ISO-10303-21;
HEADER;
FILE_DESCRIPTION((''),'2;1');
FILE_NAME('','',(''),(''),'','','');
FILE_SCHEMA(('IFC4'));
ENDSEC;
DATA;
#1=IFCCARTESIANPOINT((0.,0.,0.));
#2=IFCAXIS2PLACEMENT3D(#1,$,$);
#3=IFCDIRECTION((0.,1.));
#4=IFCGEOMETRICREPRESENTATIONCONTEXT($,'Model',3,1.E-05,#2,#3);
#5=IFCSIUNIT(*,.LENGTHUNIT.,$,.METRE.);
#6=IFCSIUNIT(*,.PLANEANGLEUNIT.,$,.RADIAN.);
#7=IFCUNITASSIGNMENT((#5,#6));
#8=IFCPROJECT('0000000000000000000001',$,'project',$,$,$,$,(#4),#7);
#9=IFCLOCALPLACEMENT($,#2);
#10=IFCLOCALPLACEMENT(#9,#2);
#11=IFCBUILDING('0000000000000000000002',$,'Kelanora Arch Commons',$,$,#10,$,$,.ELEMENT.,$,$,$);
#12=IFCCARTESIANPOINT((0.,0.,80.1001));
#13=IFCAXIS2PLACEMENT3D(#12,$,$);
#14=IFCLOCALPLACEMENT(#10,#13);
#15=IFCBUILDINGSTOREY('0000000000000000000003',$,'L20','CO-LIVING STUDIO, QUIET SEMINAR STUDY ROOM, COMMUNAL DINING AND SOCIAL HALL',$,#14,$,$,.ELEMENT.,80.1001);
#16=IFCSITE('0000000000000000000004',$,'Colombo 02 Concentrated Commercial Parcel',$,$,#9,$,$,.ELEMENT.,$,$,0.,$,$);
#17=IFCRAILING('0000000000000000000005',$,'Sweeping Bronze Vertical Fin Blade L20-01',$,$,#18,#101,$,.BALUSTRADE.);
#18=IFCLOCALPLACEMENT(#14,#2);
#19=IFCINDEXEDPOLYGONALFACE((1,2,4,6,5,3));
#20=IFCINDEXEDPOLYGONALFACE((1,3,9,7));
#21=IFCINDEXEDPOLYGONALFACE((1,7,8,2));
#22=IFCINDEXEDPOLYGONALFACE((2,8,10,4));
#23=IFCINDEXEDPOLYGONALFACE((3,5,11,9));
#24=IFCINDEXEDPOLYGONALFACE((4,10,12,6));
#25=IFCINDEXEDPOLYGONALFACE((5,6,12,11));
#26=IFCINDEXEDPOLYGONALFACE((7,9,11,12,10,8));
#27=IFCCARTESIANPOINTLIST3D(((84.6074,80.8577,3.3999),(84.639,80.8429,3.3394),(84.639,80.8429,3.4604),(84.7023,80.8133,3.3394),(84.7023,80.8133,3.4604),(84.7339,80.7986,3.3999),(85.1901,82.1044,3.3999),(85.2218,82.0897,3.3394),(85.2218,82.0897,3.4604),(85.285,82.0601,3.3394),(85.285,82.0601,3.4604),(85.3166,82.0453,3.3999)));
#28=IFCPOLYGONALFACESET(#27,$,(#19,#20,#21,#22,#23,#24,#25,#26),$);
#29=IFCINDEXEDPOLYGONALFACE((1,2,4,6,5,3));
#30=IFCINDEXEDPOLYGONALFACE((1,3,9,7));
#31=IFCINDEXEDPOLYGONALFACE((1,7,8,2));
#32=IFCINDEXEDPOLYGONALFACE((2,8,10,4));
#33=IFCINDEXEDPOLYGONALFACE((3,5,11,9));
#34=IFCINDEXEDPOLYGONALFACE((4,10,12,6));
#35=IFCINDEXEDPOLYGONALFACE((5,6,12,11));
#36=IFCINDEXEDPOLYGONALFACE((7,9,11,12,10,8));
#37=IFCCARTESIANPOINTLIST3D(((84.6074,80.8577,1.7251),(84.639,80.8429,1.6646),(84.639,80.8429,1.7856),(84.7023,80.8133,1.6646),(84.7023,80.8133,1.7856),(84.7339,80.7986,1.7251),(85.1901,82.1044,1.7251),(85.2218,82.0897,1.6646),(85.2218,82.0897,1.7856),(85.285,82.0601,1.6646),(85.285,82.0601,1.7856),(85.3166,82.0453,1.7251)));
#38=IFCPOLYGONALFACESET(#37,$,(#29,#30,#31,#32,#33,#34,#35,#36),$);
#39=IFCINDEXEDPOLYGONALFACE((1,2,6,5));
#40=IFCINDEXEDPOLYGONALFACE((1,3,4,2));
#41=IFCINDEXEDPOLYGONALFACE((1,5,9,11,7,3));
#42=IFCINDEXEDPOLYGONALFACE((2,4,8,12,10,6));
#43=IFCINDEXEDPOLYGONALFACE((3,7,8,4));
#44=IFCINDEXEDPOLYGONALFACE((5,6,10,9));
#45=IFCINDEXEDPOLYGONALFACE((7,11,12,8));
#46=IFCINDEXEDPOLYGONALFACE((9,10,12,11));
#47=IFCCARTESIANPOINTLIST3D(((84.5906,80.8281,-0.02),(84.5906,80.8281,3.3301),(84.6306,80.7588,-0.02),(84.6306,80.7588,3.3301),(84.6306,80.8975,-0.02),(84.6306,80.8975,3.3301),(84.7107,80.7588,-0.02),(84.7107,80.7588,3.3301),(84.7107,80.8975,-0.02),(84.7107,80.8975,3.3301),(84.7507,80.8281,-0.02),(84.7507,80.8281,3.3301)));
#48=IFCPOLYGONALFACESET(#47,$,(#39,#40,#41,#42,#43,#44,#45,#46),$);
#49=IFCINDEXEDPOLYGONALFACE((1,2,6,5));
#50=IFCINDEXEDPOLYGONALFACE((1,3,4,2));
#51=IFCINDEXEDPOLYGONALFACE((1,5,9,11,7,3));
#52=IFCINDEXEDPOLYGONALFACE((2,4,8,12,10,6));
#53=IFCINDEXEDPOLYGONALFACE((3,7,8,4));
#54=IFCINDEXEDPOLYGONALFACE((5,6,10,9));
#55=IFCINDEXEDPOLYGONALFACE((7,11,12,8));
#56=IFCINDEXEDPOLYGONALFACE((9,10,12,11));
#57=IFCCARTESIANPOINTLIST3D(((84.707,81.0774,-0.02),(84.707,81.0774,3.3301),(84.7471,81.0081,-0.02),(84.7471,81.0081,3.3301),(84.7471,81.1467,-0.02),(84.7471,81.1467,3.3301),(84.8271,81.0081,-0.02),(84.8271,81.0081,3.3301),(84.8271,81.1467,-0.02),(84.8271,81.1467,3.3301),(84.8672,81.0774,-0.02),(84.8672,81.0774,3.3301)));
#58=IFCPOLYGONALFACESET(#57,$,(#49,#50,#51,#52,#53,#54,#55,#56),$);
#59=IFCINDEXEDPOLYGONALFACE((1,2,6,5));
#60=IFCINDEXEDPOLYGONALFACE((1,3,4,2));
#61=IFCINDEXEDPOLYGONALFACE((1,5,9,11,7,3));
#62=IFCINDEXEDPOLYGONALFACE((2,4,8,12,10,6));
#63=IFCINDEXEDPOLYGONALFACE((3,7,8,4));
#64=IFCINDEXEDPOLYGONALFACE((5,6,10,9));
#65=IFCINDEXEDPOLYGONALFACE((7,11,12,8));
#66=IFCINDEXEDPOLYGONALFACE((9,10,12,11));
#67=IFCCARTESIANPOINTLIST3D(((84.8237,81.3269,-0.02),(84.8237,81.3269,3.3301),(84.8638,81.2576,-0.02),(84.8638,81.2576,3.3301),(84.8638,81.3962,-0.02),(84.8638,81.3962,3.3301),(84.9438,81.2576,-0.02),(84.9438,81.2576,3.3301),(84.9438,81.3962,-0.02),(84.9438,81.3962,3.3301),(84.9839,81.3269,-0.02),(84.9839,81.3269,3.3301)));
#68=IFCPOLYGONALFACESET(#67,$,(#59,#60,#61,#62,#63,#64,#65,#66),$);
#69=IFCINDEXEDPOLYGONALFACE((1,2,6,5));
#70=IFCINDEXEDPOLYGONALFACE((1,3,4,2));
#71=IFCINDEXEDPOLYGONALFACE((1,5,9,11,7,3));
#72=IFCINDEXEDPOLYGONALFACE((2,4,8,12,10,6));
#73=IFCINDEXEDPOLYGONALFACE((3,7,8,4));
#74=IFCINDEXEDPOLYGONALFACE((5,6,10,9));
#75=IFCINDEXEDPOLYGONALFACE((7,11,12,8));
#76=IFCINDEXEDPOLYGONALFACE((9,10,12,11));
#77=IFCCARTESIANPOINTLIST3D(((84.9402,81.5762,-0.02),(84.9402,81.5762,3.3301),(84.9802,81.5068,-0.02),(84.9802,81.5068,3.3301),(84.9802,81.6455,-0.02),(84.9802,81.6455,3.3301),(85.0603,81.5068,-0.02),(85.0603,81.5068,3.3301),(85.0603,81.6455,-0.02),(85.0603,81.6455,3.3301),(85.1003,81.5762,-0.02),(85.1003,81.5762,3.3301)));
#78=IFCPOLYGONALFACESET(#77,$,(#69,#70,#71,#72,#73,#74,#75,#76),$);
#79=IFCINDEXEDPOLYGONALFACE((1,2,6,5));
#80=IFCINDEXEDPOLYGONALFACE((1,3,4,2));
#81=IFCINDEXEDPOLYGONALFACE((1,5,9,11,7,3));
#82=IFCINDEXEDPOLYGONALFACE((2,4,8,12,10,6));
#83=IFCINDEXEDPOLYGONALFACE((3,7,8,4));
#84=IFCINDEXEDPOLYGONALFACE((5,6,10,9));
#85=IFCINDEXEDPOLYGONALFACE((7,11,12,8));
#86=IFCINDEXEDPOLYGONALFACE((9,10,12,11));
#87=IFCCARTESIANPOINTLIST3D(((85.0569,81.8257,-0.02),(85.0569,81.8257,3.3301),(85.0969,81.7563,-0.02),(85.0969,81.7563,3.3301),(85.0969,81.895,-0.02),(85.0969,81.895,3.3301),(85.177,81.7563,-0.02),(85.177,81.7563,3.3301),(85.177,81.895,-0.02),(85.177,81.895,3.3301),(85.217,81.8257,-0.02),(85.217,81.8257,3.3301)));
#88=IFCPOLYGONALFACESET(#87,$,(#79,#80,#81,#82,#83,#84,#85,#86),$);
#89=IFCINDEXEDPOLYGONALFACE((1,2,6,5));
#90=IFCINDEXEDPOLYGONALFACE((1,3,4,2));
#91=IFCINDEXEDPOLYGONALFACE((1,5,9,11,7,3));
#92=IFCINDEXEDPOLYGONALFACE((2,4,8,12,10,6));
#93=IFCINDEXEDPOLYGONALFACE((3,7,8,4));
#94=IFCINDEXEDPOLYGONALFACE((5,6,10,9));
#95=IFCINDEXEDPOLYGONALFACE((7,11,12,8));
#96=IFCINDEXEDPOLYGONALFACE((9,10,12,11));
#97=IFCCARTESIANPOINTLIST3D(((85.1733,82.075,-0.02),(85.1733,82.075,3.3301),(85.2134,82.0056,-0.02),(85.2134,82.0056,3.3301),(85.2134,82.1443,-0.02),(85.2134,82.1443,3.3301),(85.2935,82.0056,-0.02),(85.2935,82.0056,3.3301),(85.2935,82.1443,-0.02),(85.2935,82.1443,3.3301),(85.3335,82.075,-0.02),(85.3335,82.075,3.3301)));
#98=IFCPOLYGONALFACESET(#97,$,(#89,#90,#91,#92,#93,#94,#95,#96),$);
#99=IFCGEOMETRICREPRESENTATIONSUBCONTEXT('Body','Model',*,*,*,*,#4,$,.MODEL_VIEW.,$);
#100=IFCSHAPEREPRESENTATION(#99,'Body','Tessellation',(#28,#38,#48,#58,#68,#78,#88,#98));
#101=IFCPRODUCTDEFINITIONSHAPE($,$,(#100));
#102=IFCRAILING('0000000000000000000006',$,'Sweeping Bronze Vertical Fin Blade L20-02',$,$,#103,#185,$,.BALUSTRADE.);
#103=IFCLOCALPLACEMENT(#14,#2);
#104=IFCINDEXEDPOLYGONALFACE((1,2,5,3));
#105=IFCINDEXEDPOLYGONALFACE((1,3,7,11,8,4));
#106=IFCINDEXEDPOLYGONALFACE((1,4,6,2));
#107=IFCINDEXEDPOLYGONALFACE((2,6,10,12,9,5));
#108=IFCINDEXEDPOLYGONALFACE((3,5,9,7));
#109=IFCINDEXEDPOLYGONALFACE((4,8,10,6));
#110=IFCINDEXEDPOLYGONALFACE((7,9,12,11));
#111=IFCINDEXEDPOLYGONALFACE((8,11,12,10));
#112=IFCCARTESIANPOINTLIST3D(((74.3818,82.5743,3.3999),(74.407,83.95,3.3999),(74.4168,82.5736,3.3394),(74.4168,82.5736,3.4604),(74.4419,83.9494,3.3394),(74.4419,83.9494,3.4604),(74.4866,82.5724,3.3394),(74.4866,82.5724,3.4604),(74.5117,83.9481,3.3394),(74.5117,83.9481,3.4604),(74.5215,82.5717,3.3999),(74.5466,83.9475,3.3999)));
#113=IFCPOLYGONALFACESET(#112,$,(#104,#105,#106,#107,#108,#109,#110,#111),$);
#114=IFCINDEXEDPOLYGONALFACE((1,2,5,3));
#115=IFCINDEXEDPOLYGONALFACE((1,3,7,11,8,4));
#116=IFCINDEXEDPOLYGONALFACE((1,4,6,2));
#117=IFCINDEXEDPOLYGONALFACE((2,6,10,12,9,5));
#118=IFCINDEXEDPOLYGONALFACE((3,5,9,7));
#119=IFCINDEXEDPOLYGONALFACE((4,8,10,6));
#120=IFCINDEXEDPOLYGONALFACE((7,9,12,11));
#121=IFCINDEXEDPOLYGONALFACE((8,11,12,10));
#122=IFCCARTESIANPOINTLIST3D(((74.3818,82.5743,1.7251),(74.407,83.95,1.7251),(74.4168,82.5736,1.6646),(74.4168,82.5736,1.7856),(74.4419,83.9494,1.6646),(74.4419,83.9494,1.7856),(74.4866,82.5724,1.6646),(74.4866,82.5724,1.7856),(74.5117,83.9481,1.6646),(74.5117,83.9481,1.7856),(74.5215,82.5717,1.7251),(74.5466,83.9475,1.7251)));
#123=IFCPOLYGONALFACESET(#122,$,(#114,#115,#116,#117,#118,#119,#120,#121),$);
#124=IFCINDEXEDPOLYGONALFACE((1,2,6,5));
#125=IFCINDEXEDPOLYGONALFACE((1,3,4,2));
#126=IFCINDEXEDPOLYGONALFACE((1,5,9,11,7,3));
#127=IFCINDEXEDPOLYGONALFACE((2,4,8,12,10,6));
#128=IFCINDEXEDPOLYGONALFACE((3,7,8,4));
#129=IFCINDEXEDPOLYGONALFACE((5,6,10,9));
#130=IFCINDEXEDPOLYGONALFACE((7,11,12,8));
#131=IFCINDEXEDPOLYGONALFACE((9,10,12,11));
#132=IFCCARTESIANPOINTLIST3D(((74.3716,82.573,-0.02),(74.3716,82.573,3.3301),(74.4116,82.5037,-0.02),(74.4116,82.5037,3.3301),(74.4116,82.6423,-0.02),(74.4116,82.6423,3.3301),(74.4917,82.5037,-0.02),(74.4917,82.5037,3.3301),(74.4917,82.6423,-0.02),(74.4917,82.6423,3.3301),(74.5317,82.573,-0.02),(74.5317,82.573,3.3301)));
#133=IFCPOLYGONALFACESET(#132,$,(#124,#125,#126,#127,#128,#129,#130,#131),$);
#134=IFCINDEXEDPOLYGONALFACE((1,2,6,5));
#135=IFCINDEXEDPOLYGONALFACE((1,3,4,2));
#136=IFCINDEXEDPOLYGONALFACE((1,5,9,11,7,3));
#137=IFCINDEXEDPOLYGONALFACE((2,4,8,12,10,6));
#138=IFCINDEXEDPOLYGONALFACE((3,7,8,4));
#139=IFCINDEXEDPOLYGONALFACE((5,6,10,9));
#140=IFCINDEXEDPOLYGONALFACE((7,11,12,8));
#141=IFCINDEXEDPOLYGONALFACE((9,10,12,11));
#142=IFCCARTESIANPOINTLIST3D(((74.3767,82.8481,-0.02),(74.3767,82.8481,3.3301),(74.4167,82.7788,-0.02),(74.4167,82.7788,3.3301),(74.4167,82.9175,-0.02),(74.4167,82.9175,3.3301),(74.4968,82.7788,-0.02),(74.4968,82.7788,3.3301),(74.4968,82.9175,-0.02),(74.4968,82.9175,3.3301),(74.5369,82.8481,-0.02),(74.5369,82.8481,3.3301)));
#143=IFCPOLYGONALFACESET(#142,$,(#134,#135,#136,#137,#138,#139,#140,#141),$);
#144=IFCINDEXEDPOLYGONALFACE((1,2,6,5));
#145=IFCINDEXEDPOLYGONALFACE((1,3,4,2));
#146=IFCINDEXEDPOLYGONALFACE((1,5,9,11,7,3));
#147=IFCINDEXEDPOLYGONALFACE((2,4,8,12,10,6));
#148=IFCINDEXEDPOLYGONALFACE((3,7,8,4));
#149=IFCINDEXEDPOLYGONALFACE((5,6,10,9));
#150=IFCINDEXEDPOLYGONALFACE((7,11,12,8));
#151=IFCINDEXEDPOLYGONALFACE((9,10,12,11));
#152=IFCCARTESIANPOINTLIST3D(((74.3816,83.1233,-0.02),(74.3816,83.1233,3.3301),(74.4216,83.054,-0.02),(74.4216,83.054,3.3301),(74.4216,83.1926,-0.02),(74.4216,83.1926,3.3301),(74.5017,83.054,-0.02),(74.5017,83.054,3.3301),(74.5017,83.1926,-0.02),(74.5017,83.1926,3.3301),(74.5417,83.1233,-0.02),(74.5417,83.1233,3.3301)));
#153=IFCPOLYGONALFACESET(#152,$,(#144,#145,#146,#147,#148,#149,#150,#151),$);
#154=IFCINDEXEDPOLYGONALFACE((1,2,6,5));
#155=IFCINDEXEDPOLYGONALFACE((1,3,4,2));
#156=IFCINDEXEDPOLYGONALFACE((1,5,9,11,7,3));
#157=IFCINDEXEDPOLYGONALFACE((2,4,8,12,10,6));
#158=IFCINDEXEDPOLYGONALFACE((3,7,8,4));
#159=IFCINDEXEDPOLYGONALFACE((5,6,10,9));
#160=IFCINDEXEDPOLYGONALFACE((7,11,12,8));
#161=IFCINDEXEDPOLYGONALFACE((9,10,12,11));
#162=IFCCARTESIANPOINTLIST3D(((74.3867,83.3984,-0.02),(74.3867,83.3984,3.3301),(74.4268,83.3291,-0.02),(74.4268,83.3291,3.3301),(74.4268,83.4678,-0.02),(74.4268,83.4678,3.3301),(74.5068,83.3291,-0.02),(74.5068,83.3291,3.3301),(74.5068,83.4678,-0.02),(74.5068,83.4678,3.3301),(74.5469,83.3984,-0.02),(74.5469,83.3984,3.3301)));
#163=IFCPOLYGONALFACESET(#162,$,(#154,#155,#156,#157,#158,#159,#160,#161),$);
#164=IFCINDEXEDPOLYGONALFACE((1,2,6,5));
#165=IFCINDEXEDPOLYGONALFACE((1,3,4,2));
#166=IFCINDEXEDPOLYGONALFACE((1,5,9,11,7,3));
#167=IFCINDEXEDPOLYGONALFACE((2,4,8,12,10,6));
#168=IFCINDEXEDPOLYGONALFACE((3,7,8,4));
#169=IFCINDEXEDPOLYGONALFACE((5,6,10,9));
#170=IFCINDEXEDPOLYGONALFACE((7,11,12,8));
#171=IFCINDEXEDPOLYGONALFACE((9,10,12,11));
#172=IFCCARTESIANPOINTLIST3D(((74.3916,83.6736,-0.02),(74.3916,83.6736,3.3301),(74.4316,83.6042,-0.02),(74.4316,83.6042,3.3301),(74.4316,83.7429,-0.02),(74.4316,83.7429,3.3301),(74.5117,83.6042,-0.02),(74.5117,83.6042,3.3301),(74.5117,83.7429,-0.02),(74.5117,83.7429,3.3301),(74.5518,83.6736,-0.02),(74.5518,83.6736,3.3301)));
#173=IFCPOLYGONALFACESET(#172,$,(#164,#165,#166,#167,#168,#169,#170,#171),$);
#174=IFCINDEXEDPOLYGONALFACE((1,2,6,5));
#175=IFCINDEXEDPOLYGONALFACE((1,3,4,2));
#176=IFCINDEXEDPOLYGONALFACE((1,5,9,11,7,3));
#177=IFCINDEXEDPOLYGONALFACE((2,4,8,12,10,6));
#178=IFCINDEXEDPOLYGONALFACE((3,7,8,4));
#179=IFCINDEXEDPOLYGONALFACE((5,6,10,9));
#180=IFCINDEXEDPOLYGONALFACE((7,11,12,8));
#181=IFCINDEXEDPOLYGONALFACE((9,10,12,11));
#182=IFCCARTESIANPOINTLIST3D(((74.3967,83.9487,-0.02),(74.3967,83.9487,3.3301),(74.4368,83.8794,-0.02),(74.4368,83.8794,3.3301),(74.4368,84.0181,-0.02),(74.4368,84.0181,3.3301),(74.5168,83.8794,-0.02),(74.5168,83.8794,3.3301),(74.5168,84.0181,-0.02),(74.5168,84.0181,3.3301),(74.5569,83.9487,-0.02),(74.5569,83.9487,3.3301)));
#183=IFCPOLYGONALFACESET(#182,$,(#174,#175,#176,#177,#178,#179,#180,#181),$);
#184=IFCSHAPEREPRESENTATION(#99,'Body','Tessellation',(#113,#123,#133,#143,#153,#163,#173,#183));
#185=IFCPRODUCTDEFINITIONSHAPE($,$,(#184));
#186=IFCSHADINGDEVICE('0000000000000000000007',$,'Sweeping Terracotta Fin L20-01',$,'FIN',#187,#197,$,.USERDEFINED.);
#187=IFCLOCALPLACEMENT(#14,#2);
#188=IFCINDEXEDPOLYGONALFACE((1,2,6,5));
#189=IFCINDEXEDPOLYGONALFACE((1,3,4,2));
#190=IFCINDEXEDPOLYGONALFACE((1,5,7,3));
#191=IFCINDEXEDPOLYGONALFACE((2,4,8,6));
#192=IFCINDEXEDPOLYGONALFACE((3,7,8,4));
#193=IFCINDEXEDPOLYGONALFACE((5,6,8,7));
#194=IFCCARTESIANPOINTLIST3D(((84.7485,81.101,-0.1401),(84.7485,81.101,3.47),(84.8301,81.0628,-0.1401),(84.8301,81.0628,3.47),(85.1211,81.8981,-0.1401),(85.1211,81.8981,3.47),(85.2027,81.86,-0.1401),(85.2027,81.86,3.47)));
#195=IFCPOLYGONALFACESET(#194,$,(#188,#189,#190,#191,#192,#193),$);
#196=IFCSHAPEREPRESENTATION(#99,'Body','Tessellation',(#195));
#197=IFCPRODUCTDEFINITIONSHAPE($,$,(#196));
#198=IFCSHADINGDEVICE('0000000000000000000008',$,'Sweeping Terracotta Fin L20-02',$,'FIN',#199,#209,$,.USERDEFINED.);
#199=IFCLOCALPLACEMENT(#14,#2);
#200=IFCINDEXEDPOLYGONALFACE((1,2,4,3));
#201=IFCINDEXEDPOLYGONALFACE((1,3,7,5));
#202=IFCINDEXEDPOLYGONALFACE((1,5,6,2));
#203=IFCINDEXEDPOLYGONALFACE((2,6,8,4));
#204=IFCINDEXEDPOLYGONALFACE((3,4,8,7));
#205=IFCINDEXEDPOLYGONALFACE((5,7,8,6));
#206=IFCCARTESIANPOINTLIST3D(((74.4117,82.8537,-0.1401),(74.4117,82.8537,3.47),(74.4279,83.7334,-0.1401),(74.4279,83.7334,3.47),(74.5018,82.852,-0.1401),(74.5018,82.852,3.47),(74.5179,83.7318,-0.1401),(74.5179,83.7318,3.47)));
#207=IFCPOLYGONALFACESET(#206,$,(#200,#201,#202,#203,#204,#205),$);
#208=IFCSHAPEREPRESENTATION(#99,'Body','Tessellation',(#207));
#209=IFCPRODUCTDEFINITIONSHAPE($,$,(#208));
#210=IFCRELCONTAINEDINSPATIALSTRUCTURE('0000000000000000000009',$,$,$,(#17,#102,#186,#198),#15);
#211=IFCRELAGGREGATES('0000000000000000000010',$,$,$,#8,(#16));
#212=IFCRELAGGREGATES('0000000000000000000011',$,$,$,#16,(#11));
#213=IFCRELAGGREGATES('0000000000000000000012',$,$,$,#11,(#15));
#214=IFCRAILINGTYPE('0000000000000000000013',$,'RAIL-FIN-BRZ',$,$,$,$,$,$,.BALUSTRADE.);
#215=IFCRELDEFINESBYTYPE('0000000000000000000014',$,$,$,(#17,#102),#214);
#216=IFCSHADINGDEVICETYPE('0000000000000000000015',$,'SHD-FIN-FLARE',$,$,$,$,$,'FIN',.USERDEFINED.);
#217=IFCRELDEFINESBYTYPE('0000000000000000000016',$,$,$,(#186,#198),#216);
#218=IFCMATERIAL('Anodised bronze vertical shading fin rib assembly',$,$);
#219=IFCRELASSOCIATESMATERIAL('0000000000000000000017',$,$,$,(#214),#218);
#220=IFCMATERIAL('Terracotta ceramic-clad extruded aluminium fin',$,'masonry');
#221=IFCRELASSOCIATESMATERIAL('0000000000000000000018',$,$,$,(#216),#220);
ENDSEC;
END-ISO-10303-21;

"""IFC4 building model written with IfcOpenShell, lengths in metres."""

from ifc_helpers import new_model, si_unit, direction, frame, origin, origin_2d, place, context, subcontext, project, spatial, polyline, rectangle, outline, extrude, source, transform, mapped, material, type_object, element, save


model = new_model("IFC4")

# Units and contexts
model_context = context("Model", 3, precision=1e-05, world=origin(), true_north=direction((0.0, 1.0)))
body_context = subcontext(model_context, "Body", "Model", "MODEL_VIEW")
ifc_project = project(units=[si_unit("LENGTHUNIT", "METRE"), si_unit("PLANEANGLEUNIT", "RADIAN")], contexts=[model_context])

# Site, building, storey
site_placement = place(None, origin())
site = spatial("IfcSite", under=ifc_project, at=site_placement, Name="Colombo 02 Concentrated Commercial Parcel", CompositionType="ELEMENT", RefElevation=0.0)
building_placement = place(site_placement, origin())
building = spatial("IfcBuilding", under=site, at=building_placement, Name="Kelanora Arch Commons", CompositionType="ELEMENT")
storey_placement = place(building_placement, frame((0.0, 0.0, 80.1001)))
storey = spatial("IfcBuildingStorey", under=building, at=storey_placement, Name="L20", Description="CO-LIVING STUDIO, QUIET SEMINAR STUDY ROOM, COMMUNAL DINING AND SOCIAL HALL", CompositionType="ELEMENT", Elevation=80.1001)

# Railings
ifc_material_1 = material(Name="Anodised bronze vertical shading fin rib assembly")
railing_type = type_object("IfcRailingType", Name="RAIL-FIN-BRZ", PredefinedType="BALUSTRADE", material=ifc_material_1)
railing_1_placement = place(storey_placement, frame((84.6707, 80.8281, -0.02)))
element("IfcRailing", 1, at=railing_1_placement, inside=storey, type_object=railing_type, Name="Sweeping Bronze Vertical Fin Blade L20-01", PredefinedType="BALUSTRADE", context=body_context, shape_type="SweptSolid", body=[
    extrude(outline(polyline([(0.0698, 0.0), (0.0349, 0.0605), (-0.0349, 0.0605), (-0.0698, 0.0), (-0.0349, -0.0605), (0.0349, -0.0605), (0.0698, 0.0)])), frame((0.0, 0.0, 3.4199), z_axis=(0.423429, 0.905929, 0.0), x_axis=(-0.905929, 0.423429, 0.0)), (0.0, 0.0, 1.0), 1.3762),
    extrude(outline(polyline([(0.0698, 0.0), (0.0349, 0.0605), (-0.0349, 0.0605), (-0.0698, 0.0), (-0.0349, -0.0605), (0.0349, -0.0605), (0.0698, 0.0)])), frame((0.0, 0.0, 1.7451), z_axis=(0.423429, 0.905929, 0.0), x_axis=(-0.905929, 0.423429, 0.0)), (0.0, 0.0, 1.0), 1.3762),
    extrude(outline(polyline([(0.0801, 0.0), (0.04, 0.0693), (-0.04, 0.0693), (-0.0801, 0.0), (-0.04, -0.0693), (0.04, -0.0693), (0.0801, 0.0)])), origin(), (0.0, 0.0, 1.0), 3.3501),
    extrude(outline(polyline([(0.0801, 0.0), (0.04, 0.0693), (-0.04, 0.0693), (-0.0801, 0.0), (-0.04, -0.0693), (0.04, -0.0693), (0.0801, 0.0)])), frame((0.1165, 0.2493, 0.0)), (0.0, 0.0, 1.0), 3.3501),
    extrude(outline(polyline([(0.0801, 0.0), (0.04, 0.0693), (-0.04, 0.0693), (-0.0801, 0.0), (-0.04, -0.0693), (0.04, -0.0693), (0.0801, 0.0)])), frame((0.2332, 0.4988, 0.0)), (0.0, 0.0, 1.0), 3.3501),
    extrude(outline(polyline([(0.0801, 0.0), (0.04, 0.0693), (-0.04, 0.0693), (-0.0801, 0.0), (-0.04, -0.0693), (0.04, -0.0693), (0.0801, 0.0)])), frame((0.3496, 0.748, 0.0)), (0.0, 0.0, 1.0), 3.3501),
    extrude(outline(polyline([(0.0801, 0.0), (0.04, 0.0693), (-0.04, 0.0693), (-0.0801, 0.0), (-0.04, -0.0693), (0.04, -0.0693), (0.0801, 0.0)])), frame((0.4663, 0.9976, 0.0)), (0.0, 0.0, 1.0), 3.3501),
    extrude(outline(polyline([(0.0801, 0.0), (0.04, 0.0693), (-0.04, 0.0693), (-0.0801, 0.0), (-0.04, -0.0693), (0.04, -0.0693), (0.0801, 0.0)])), frame((0.5828, 1.2468, 0.0)), (0.0, 0.0, 1.0), 3.3501),
])
railing_2_placement = place(storey_placement, frame((74.4517, 82.573, -0.02)))
element("IfcRailing", 2, at=railing_2_placement, inside=storey, type_object=railing_type, Name="Sweeping Bronze Vertical Fin Blade L20-02", PredefinedType="BALUSTRADE", context=body_context, shape_type="SweptSolid", body=[
    extrude(outline(polyline([(0.0698, 0.0), (0.0349, 0.0605), (-0.0349, 0.0605), (-0.0698, 0.0), (-0.0349, -0.0605), (0.0349, -0.0605), (0.0698, 0.0)])), frame((0.0, 0.0, 3.4199), z_axis=(0.018276, 0.999833, 0.0), x_axis=(-0.999833, 0.018276, 0.0)), (0.0, 0.0, 1.0), 1.376),
    extrude(outline(polyline([(0.0698, 0.0), (0.0349, 0.0605), (-0.0349, 0.0605), (-0.0698, 0.0), (-0.0349, -0.0605), (0.0349, -0.0605), (0.0698, 0.0)])), frame((0.0, 0.0, 1.7451), z_axis=(0.018276, 0.999833, 0.0), x_axis=(-0.999833, 0.018276, 0.0)), (0.0, 0.0, 1.0), 1.376),
    extrude(outline(polyline([(0.0801, 0.0), (0.04, 0.0693), (-0.04, 0.0693), (-0.0801, 0.0), (-0.04, -0.0693), (0.04, -0.0693), (0.0801, 0.0)])), origin(), (0.0, 0.0, 1.0), 3.3501),
    extrude(outline(polyline([(0.0801, 0.0), (0.04, 0.0693), (-0.04, 0.0693), (-0.0801, 0.0), (-0.04, -0.0693), (0.04, -0.0693), (0.0801, 0.0)])), frame((0.0051, 0.2751, 0.0)), (0.0, 0.0, 1.0), 3.3501),
    extrude(outline(polyline([(0.0801, 0.0), (0.04, 0.0693), (-0.04, 0.0693), (-0.0801, 0.0), (-0.04, -0.0693), (0.04, -0.0693), (0.0801, 0.0)])), frame((0.01, 0.5503, 0.0)), (0.0, 0.0, 1.0), 3.3501),
    extrude(outline(polyline([(0.0801, 0.0), (0.04, 0.0693), (-0.04, 0.0693), (-0.0801, 0.0), (-0.04, -0.0693), (0.04, -0.0693), (0.0801, 0.0)])), frame((0.0151, 0.8254, 0.0)), (0.0, 0.0, 1.0), 3.3501),
    extrude(outline(polyline([(0.0801, 0.0), (0.04, 0.0693), (-0.04, 0.0693), (-0.0801, 0.0), (-0.04, -0.0693), (0.04, -0.0693), (0.0801, 0.0)])), frame((0.02, 1.1006, 0.0)), (0.0, 0.0, 1.0), 3.3501),
    extrude(outline(polyline([(0.0801, 0.0), (0.04, 0.0693), (-0.04, 0.0693), (-0.0801, 0.0), (-0.04, -0.0693), (0.04, -0.0693), (0.0801, 0.0)])), frame((0.0251, 1.3757, 0.0)), (0.0, 0.0, 1.0), 3.3501),
])

# Shading devices
ifc_material_2 = material(Name="Terracotta ceramic-clad extruded aluminium fin", Category="masonry")
shading_device_type = type_object("IfcShadingDeviceType", Name="SHD-FIN-FLARE", ElementType="FIN", PredefinedType="USERDEFINED", material=ifc_material_2)
shared_shape_1 = source(origin(), body_context, "Body", "SweptSolid", [
    extrude(rectangle(XDim=0.8799, YDim=0.0901, at=origin_2d()), origin(), (0.0, 0.0, 1.0), 3.6101),
])
for number, where, z_axis, x_axis, name in (
    (3, (84.9756, 81.4805, -0.1401), (0.0, 0.0, 1.0), (0.423409, 0.905939, 0.0), "Sweeping Terracotta Fin L20-01"),
    (4, (74.4648, 83.2927, -0.1401), (0.0, 0.0, 1.0), (0.018325, 0.999832, 0.0), "Sweeping Terracotta Fin L20-02"),
):
    element("IfcShadingDevice", number, at=place(storey_placement, frame(where, z_axis=z_axis, x_axis=x_axis)), inside=storey, type_object=shading_device_type, Name=name, ObjectType="FIN", PredefinedType="USERDEFINED", context=body_context, shape_type="MappedRepresentation", body=[
        mapped(shared_shape_1, transform((0.0, 0.0, 0.0), scale=1.0)),
    ])

save(model, "model.ifc")
